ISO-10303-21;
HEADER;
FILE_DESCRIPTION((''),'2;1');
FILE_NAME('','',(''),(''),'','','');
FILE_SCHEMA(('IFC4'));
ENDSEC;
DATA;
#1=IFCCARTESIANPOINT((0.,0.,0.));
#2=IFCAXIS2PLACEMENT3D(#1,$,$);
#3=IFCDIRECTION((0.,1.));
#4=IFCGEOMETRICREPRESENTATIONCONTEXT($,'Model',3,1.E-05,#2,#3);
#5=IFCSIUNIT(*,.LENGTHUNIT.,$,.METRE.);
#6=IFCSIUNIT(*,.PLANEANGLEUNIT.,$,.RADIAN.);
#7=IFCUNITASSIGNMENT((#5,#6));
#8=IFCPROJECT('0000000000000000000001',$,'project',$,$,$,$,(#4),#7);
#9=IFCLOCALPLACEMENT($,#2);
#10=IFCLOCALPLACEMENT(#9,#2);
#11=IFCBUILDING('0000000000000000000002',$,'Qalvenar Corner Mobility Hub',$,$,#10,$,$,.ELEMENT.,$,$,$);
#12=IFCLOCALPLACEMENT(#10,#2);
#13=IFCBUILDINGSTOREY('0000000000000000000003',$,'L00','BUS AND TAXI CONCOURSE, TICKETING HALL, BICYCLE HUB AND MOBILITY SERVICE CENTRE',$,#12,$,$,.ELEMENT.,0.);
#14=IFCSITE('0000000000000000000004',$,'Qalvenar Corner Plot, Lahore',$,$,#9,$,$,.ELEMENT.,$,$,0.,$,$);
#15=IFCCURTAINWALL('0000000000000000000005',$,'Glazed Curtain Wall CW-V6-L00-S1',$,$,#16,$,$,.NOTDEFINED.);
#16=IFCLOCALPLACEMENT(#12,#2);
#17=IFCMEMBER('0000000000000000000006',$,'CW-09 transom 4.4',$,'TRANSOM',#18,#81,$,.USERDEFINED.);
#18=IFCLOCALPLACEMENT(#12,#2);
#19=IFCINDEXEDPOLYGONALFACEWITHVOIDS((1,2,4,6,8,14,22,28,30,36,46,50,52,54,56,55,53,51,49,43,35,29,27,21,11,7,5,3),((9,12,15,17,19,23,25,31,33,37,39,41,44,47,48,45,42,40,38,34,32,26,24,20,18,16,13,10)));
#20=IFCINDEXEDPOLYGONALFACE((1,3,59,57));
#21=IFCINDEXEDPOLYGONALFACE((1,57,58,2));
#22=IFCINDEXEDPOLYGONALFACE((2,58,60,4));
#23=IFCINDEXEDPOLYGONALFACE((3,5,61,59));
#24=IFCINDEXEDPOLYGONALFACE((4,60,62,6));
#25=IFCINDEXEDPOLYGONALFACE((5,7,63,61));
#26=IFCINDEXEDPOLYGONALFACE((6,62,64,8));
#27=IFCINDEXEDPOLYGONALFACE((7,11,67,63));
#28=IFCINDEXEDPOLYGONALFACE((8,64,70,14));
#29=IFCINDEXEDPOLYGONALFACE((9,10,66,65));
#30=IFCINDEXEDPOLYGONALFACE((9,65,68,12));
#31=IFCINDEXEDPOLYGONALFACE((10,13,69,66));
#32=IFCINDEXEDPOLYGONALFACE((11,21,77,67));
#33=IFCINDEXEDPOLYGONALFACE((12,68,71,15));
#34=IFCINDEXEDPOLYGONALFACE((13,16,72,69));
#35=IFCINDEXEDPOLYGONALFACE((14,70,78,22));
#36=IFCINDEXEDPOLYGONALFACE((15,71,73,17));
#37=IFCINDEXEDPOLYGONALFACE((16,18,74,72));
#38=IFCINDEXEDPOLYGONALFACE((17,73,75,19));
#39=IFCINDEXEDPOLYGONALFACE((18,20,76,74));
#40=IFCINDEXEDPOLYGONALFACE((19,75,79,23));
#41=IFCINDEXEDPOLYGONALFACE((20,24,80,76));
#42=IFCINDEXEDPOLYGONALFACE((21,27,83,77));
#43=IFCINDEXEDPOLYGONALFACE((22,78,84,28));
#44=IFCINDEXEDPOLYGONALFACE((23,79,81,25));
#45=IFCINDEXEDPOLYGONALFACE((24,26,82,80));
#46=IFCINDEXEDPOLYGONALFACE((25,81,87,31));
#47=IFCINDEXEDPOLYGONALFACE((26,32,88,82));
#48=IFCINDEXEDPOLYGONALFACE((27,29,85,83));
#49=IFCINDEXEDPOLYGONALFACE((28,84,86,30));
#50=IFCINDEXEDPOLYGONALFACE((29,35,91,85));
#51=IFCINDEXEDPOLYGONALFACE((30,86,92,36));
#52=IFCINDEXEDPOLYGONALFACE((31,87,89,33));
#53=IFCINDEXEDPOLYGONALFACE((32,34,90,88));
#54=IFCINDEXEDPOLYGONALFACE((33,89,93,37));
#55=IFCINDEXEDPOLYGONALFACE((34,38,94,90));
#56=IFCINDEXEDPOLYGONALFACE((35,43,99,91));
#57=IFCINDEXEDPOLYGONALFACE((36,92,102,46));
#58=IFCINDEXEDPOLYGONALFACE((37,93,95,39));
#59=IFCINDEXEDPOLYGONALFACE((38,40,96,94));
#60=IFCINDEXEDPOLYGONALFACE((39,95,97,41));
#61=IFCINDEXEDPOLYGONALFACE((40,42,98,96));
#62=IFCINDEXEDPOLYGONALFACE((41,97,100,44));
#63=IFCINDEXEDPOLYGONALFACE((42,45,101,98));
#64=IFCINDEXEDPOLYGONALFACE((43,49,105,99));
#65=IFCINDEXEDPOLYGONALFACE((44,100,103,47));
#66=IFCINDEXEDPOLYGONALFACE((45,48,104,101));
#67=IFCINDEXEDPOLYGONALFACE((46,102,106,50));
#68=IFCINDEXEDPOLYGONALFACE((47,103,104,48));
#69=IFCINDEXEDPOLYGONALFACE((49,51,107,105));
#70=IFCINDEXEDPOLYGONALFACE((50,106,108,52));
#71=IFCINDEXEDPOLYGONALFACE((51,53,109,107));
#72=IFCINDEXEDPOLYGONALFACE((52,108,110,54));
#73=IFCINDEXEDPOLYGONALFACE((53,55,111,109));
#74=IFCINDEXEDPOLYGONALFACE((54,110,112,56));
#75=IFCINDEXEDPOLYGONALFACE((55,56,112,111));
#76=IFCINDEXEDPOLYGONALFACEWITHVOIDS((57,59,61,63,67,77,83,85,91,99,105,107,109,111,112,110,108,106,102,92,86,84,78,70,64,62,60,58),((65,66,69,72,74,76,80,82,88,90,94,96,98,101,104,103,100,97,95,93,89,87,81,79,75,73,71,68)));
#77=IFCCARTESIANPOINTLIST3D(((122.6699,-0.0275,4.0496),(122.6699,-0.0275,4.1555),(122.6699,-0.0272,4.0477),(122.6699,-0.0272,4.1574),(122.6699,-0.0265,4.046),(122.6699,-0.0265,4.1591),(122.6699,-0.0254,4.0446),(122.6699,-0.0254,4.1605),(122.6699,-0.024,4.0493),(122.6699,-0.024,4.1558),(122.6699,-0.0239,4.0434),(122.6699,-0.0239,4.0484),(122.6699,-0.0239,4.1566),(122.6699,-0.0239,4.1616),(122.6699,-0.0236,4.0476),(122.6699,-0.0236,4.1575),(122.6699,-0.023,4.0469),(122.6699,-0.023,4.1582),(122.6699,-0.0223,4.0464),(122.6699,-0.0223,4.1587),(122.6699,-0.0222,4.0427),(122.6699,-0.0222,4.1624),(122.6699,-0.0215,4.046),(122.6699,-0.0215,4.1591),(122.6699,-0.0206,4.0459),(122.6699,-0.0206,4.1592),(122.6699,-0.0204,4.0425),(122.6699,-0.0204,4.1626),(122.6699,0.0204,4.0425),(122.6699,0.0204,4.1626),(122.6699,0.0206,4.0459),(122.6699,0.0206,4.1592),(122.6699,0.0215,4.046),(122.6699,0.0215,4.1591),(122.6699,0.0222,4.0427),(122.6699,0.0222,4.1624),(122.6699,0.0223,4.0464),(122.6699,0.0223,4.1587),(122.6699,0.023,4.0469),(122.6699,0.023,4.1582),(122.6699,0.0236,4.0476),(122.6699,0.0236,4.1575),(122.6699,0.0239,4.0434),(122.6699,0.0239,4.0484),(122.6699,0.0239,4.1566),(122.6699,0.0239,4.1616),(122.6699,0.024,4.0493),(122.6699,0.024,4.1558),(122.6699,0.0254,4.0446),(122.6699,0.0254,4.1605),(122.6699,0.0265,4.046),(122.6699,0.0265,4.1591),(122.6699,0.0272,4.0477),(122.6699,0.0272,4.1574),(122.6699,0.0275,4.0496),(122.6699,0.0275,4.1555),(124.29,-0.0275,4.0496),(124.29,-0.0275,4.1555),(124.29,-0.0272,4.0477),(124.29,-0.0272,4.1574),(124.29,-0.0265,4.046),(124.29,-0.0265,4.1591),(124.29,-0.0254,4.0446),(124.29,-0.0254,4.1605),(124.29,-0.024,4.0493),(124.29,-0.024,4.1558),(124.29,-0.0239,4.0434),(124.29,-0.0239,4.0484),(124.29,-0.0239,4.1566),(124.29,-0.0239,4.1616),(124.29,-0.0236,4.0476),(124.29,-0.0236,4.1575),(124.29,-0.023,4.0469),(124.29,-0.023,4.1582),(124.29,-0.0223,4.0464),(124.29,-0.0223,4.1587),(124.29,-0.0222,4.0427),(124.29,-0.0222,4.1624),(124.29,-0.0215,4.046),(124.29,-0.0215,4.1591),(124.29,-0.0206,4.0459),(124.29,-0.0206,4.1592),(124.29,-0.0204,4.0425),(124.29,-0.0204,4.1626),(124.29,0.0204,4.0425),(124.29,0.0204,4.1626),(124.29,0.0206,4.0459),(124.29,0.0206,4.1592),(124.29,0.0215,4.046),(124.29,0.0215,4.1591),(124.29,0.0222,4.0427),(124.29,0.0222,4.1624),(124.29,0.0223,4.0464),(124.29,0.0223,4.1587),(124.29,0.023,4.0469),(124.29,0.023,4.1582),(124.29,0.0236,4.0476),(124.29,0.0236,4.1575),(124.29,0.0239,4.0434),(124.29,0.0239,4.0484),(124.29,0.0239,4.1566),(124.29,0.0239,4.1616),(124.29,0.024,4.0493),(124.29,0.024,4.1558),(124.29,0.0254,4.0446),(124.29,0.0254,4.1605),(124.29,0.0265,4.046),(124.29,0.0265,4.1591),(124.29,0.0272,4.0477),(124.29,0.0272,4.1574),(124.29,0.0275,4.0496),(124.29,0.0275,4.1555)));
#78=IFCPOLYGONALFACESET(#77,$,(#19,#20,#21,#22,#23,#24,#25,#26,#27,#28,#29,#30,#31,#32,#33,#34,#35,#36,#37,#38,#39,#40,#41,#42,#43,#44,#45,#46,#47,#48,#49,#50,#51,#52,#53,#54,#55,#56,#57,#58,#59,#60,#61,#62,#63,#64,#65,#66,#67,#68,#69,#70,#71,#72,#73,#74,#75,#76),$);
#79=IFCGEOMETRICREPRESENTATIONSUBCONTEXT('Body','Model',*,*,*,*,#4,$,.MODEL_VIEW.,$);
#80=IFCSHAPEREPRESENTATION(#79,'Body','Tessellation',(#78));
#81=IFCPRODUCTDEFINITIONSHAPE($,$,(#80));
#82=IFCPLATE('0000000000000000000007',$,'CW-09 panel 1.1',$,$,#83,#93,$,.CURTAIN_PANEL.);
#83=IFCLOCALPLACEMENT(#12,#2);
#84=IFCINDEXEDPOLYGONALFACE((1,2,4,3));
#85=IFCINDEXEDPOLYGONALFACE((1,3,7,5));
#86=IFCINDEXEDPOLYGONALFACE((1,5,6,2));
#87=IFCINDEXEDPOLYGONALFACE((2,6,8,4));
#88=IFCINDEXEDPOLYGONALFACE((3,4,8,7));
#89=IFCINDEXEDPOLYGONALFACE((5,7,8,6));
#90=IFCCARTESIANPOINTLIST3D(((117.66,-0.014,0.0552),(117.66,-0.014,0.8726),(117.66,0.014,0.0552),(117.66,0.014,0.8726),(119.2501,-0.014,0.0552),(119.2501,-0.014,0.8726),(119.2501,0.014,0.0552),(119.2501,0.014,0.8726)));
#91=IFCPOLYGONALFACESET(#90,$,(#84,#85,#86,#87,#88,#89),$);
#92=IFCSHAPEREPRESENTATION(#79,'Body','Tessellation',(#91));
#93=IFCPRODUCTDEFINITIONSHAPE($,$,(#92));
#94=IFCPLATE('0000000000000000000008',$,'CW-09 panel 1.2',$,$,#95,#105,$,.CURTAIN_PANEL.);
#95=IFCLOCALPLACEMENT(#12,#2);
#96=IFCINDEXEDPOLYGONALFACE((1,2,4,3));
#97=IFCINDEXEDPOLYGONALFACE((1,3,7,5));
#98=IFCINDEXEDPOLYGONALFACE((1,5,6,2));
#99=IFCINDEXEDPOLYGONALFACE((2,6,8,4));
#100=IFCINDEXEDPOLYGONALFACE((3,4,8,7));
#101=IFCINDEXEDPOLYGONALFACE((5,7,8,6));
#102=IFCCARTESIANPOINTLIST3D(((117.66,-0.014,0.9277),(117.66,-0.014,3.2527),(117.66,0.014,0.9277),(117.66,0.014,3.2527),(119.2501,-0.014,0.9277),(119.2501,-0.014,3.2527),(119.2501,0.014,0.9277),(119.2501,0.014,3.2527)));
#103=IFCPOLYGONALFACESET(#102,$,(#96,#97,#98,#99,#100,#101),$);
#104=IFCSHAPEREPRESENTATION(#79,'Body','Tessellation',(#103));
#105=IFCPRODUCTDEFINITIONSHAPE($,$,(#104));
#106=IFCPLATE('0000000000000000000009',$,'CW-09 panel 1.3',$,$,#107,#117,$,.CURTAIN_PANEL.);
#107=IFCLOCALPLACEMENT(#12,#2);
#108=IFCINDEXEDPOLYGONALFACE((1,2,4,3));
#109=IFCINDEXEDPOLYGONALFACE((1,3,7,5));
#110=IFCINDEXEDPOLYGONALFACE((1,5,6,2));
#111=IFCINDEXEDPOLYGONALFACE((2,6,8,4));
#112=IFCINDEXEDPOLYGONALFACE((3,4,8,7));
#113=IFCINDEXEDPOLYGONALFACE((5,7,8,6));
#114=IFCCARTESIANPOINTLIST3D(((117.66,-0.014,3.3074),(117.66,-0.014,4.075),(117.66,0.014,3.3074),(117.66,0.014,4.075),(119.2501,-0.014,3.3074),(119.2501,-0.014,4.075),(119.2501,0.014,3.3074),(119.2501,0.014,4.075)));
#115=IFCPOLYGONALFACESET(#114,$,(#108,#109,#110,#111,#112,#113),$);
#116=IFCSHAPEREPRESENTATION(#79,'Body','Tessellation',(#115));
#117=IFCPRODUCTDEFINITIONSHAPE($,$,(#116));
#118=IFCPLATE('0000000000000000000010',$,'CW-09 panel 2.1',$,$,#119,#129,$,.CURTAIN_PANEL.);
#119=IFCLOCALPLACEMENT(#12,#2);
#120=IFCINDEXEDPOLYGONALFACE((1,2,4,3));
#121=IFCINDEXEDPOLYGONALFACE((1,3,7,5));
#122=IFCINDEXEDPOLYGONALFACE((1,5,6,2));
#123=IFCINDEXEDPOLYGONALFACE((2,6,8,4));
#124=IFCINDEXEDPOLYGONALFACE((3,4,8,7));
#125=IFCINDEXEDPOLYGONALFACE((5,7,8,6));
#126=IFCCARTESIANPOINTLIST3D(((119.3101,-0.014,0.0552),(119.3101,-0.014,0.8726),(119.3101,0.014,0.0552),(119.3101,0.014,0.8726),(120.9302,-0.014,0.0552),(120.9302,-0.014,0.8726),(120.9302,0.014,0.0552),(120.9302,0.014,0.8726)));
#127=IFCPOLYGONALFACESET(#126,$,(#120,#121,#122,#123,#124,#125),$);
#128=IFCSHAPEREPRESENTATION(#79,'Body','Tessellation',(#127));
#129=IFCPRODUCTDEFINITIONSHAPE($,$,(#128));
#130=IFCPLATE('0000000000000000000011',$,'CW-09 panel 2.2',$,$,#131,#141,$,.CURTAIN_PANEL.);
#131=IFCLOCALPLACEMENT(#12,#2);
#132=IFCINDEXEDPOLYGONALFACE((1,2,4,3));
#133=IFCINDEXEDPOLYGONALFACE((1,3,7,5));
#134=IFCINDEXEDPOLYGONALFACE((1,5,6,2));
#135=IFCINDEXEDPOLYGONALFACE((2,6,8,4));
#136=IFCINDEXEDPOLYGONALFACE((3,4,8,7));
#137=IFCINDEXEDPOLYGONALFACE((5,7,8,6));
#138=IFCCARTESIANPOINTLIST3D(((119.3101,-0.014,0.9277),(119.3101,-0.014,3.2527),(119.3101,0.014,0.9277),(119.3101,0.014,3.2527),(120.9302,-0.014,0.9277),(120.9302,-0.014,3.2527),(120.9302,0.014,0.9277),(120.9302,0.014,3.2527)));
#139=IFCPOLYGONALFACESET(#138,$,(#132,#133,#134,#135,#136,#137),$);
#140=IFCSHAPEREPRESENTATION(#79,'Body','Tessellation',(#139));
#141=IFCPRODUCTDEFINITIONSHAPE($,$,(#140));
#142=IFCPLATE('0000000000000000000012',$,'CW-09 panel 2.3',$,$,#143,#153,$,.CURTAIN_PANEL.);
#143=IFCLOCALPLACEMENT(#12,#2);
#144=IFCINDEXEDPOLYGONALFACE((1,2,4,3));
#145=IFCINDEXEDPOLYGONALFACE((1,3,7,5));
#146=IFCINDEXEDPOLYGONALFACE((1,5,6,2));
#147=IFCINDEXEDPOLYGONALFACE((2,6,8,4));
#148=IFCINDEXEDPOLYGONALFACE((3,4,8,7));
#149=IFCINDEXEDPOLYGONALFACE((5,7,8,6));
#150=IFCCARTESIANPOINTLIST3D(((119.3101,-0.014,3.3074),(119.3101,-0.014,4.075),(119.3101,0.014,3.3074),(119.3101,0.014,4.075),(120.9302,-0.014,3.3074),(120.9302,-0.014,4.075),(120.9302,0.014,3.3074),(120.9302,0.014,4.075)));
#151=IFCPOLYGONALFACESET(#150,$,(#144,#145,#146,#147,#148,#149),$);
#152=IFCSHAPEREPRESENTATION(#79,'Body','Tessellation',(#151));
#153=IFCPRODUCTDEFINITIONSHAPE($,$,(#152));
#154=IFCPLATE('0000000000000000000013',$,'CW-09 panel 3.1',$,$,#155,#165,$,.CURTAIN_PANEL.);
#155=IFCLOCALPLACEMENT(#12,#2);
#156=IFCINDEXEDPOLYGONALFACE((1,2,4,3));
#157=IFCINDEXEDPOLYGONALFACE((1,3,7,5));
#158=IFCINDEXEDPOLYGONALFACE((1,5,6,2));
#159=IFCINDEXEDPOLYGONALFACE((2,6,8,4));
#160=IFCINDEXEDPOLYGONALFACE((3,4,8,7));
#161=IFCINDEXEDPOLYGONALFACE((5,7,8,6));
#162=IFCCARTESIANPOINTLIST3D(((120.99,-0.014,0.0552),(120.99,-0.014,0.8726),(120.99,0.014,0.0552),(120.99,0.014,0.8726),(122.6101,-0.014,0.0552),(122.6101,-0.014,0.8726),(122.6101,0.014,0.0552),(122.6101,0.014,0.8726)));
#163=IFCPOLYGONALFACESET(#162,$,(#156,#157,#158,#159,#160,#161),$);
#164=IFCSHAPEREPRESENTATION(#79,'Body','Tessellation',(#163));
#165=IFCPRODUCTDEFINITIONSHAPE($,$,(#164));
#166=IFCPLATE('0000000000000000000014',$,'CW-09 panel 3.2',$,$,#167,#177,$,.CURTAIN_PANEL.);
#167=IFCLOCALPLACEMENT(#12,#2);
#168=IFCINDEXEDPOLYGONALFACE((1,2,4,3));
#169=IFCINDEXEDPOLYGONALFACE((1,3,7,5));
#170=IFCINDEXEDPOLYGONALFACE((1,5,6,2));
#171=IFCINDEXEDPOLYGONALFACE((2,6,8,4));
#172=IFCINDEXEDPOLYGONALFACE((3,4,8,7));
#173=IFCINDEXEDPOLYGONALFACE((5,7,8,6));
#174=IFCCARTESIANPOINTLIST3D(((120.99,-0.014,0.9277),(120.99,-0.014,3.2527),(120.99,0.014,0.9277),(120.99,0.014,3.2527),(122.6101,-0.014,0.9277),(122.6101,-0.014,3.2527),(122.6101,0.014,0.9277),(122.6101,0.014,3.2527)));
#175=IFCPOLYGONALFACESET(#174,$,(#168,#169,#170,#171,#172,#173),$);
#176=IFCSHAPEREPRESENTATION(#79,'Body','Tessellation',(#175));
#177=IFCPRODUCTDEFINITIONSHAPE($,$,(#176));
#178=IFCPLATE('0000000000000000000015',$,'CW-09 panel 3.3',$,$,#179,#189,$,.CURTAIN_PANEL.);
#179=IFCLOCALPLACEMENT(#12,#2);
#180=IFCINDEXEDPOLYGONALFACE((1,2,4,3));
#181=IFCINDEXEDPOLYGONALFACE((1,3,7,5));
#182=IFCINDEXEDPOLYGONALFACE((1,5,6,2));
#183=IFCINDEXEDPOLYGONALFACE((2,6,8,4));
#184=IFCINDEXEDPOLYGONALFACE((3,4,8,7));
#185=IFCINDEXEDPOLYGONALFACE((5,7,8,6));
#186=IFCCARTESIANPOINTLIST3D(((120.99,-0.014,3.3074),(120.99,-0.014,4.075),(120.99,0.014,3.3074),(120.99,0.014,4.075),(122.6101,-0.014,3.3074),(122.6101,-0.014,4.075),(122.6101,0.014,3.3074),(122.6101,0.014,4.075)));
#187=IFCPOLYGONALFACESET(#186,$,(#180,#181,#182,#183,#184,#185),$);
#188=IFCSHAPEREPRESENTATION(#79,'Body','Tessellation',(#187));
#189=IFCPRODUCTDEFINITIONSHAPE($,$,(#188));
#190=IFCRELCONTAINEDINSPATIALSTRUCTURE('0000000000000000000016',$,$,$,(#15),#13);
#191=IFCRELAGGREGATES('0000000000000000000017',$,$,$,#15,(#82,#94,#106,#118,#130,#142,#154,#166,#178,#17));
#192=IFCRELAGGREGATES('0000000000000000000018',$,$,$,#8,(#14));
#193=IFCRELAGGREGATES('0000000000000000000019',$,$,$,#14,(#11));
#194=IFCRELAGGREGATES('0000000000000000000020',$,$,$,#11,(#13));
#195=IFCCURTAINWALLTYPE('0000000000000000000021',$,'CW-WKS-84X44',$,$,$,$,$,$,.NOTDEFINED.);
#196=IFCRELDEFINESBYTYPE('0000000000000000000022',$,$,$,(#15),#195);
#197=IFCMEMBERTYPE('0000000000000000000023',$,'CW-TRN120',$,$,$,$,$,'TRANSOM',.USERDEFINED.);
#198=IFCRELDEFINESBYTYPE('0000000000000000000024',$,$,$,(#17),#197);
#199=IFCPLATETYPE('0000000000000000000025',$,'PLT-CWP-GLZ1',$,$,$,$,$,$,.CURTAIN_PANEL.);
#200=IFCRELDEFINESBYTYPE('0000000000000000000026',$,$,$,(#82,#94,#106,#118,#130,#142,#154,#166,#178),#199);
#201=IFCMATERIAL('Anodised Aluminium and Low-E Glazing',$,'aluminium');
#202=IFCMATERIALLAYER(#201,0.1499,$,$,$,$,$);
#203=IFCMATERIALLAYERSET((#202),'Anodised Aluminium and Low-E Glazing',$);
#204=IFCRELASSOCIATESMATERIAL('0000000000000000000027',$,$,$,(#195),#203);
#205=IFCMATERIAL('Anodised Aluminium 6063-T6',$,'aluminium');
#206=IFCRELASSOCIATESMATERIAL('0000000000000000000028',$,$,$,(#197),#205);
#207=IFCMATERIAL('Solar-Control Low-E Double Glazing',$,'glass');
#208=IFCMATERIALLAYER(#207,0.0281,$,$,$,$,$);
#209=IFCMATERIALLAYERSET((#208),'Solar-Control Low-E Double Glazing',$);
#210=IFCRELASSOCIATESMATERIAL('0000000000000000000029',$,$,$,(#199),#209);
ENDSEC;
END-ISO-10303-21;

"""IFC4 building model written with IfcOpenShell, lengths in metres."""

from ifc_helpers import new_model, si_unit, direction, frame, origin, origin_2d, place, context, subcontext, project, spatial, rectangle, hollow_rectangle, extrude, material, layer, layer_set, material_profile, profile_set, type_object, element, aggregate, save


model = new_model("IFC4")

# Units and contexts
model_context = context("Model", 3, precision=1e-05, world=origin(), true_north=direction((0.0, 1.0)))
body_context = subcontext(model_context, "Body", "Model", "MODEL_VIEW")
ifc_project = project(units=[si_unit("LENGTHUNIT", "METRE"), si_unit("PLANEANGLEUNIT", "RADIAN")], contexts=[model_context])

# Site, building, storey
site_placement = place(None, origin())
site = spatial("IfcSite", under=ifc_project, at=site_placement, Name="Qalvenar Corner Plot, Lahore", CompositionType="ELEMENT", RefElevation=0.0)
building_placement = place(site_placement, origin())
building = spatial("IfcBuilding", under=site, at=building_placement, Name="Qalvenar Corner Mobility Hub", CompositionType="ELEMENT")
storey_placement = place(building_placement, origin())
storey = spatial("IfcBuildingStorey", under=building, at=storey_placement, Name="L00", Description="BUS AND TAXI CONCOURSE, TICKETING HALL, BICYCLE HUB AND MOBILITY SERVICE CENTRE", CompositionType="ELEMENT", Elevation=0.0)

# Curtain wall, member, plates
ifc_material_1 = material(Name="Anodised Aluminium and Low-E Glazing", Category="aluminium")
ifc_layer_1 = layer(ifc_material_1, 0.1499)
ifc_layer_set_1 = layer_set([ifc_layer_1], Name="Anodised Aluminium and Low-E Glazing")
curtain_wall_type = type_object("IfcCurtainWallType", Name="CW-WKS-84X44", PredefinedType="NOTDEFINED", material=ifc_layer_set_1)
curtain_wall_placement = place(storey_placement, origin())
curtain_wall = element("IfcCurtainWall", 1, at=curtain_wall_placement, inside=storey, type_object=curtain_wall_type, Name="Glazed Curtain Wall CW-V6-L00-S1", PredefinedType="NOTDEFINED")
ifc_material_2 = material(Name="Anodised Aluminium 6063-T6", Category="aluminium")
ifc_material_profile_1 = material_profile(ifc_material_2, hollow_rectangle(XDim=0.0549, YDim=0.1201, WallThickness=0.0034, InnerFilletRadius=0.0034, OuterFilletRadius=0.0071, at=origin_2d()), Name="RHS120x55x3.5")
ifc_profile_set_1 = profile_set([ifc_material_profile_1], Name="Anodised Aluminium 6063-T6")
member_type_1 = type_object("IfcMemberType", Name="CW-TRN120", ElementType="TRANSOM", PredefinedType="USERDEFINED", material=ifc_profile_set_1)
member_1_placement = place(storey_placement, frame((122.6699, 0.0, 4.1025), z_axis=(1.0, 0.0, 0.0), x_axis=(0.0, 1.0, 0.0)))
member_1 = element("IfcMember", 2, at=member_1_placement, type_object=member_type_1, Name="CW-09 transom 4.4", ObjectType="TRANSOM", PredefinedType="USERDEFINED", context=body_context, shape_type="SweptSolid", body=[
    extrude(hollow_rectangle(XDim=0.0549, YDim=0.1201, WallThickness=0.0034, InnerFilletRadius=0.0034, OuterFilletRadius=0.0071, at=origin_2d()), origin(), (0.0, 0.0, 1.0), 1.6201),
])
ifc_material_3 = material(Name="Solar-Control Low-E Double Glazing", Category="glass")
ifc_layer_2 = layer(ifc_material_3, 0.0281)
ifc_layer_set_2 = layer_set([ifc_layer_2], Name="Solar-Control Low-E Double Glazing")
plate_type = type_object("IfcPlateType", Name="PLT-CWP-GLZ1", PredefinedType="CURTAIN_PANEL", material=ifc_layer_set_2)
plate_1_placement = place(storey_placement, frame((118.4551, 0.0, 0.0552), z_axis=(0.0, 0.0, 1.0), x_axis=(1.0, 0.0, 0.0)))
plate_1 = element("IfcPlate", 3, at=plate_1_placement, type_object=plate_type, Name="CW-09 panel 1.1", PredefinedType="CURTAIN_PANEL", context=body_context, shape_type="SweptSolid", body=[
    extrude(rectangle(XDim=1.5901, YDim=0.0281, at=origin_2d()), origin(), (0.0, 0.0, 1.0), 0.8174),
])
plate_2_placement = place(storey_placement, frame((118.4551, 0.0, 0.9277), z_axis=(0.0, 0.0, 1.0), x_axis=(1.0, 0.0, 0.0)))
plate_2 = element("IfcPlate", 4, at=plate_2_placement, type_object=plate_type, Name="CW-09 panel 1.2", PredefinedType="CURTAIN_PANEL", context=body_context, shape_type="SweptSolid", body=[
    extrude(rectangle(XDim=1.5901, YDim=0.0281, at=origin_2d()), origin(), (0.0, 0.0, 1.0), 2.325),
])
plate_3_placement = place(storey_placement, frame((118.4551, 0.0, 3.3074), z_axis=(0.0, 0.0, 1.0), x_axis=(1.0, 0.0, 0.0)))
plate_3 = element("IfcPlate", 5, at=plate_3_placement, type_object=plate_type, Name="CW-09 panel 1.3", PredefinedType="CURTAIN_PANEL", context=body_context, shape_type="SweptSolid", body=[
    extrude(rectangle(XDim=1.5901, YDim=0.0281, at=origin_2d()), origin(), (0.0, 0.0, 1.0), 0.7676),
])
plate_4_placement = place(storey_placement, frame((120.1201, 0.0, 0.0552), z_axis=(0.0, 0.0, 1.0), x_axis=(1.0, 0.0, 0.0)))
plate_4 = element("IfcPlate", 6, at=plate_4_placement, type_object=plate_type, Name="CW-09 panel 2.1", PredefinedType="CURTAIN_PANEL", context=body_context, shape_type="SweptSolid", body=[
    extrude(rectangle(XDim=1.6201, YDim=0.0281, at=origin_2d()), origin(), (0.0, 0.0, 1.0), 0.8174),
])
plate_5_placement = place(storey_placement, frame((120.1201, 0.0, 0.9277), z_axis=(0.0, 0.0, 1.0), x_axis=(1.0, 0.0, 0.0)))
plate_5 = element("IfcPlate", 7, at=plate_5_placement, type_object=plate_type, Name="CW-09 panel 2.2", PredefinedType="CURTAIN_PANEL", context=body_context, shape_type="SweptSolid", body=[
    extrude(rectangle(XDim=1.6201, YDim=0.0281, at=origin_2d()), origin(), (0.0, 0.0, 1.0), 2.325),
])
plate_6_placement = place(storey_placement, frame((120.1201, 0.0, 3.3074), z_axis=(0.0, 0.0, 1.0), x_axis=(1.0, 0.0, 0.0)))
plate_6 = element("IfcPlate", 8, at=plate_6_placement, type_object=plate_type, Name="CW-09 panel 2.3", PredefinedType="CURTAIN_PANEL", context=body_context, shape_type="SweptSolid", body=[
    extrude(rectangle(XDim=1.6201, YDim=0.0281, at=origin_2d()), origin(), (0.0, 0.0, 1.0), 0.7676),
])
plate_7_placement = place(storey_placement, frame((121.8, 0.0, 0.0552), z_axis=(0.0, 0.0, 1.0), x_axis=(1.0, 0.0, 0.0)))
plate_7 = element("IfcPlate", 9, at=plate_7_placement, type_object=plate_type, Name="CW-09 panel 3.1", PredefinedType="CURTAIN_PANEL", context=body_context, shape_type="SweptSolid", body=[
    extrude(rectangle(XDim=1.6201, YDim=0.0281, at=origin_2d()), origin(), (0.0, 0.0, 1.0), 0.8174),
])
plate_8_placement = place(storey_placement, frame((121.8, 0.0, 0.9277), z_axis=(0.0, 0.0, 1.0), x_axis=(1.0, 0.0, 0.0)))
plate_8 = element("IfcPlate", 10, at=plate_8_placement, type_object=plate_type, Name="CW-09 panel 3.2", PredefinedType="CURTAIN_PANEL", context=body_context, shape_type="SweptSolid", body=[
    extrude(rectangle(XDim=1.6201, YDim=0.0281, at=origin_2d()), origin(), (0.0, 0.0, 1.0), 2.325),
])
plate_9_placement = place(storey_placement, frame((121.8, 0.0, 3.3074), z_axis=(0.0, 0.0, 1.0), x_axis=(1.0, 0.0, 0.0)))
plate_9 = element("IfcPlate", 11, at=plate_9_placement, type_object=plate_type, Name="CW-09 panel 3.3", PredefinedType="CURTAIN_PANEL", context=body_context, shape_type="SweptSolid", body=[
    extrude(rectangle(XDim=1.6201, YDim=0.0281, at=origin_2d()), origin(), (0.0, 0.0, 1.0), 0.7676),
])
aggregate(curtain_wall, [plate_1, plate_2, plate_3, plate_4, plate_5, plate_6, plate_7, plate_8, plate_9, member_1])

save(model, "model.ifc")
